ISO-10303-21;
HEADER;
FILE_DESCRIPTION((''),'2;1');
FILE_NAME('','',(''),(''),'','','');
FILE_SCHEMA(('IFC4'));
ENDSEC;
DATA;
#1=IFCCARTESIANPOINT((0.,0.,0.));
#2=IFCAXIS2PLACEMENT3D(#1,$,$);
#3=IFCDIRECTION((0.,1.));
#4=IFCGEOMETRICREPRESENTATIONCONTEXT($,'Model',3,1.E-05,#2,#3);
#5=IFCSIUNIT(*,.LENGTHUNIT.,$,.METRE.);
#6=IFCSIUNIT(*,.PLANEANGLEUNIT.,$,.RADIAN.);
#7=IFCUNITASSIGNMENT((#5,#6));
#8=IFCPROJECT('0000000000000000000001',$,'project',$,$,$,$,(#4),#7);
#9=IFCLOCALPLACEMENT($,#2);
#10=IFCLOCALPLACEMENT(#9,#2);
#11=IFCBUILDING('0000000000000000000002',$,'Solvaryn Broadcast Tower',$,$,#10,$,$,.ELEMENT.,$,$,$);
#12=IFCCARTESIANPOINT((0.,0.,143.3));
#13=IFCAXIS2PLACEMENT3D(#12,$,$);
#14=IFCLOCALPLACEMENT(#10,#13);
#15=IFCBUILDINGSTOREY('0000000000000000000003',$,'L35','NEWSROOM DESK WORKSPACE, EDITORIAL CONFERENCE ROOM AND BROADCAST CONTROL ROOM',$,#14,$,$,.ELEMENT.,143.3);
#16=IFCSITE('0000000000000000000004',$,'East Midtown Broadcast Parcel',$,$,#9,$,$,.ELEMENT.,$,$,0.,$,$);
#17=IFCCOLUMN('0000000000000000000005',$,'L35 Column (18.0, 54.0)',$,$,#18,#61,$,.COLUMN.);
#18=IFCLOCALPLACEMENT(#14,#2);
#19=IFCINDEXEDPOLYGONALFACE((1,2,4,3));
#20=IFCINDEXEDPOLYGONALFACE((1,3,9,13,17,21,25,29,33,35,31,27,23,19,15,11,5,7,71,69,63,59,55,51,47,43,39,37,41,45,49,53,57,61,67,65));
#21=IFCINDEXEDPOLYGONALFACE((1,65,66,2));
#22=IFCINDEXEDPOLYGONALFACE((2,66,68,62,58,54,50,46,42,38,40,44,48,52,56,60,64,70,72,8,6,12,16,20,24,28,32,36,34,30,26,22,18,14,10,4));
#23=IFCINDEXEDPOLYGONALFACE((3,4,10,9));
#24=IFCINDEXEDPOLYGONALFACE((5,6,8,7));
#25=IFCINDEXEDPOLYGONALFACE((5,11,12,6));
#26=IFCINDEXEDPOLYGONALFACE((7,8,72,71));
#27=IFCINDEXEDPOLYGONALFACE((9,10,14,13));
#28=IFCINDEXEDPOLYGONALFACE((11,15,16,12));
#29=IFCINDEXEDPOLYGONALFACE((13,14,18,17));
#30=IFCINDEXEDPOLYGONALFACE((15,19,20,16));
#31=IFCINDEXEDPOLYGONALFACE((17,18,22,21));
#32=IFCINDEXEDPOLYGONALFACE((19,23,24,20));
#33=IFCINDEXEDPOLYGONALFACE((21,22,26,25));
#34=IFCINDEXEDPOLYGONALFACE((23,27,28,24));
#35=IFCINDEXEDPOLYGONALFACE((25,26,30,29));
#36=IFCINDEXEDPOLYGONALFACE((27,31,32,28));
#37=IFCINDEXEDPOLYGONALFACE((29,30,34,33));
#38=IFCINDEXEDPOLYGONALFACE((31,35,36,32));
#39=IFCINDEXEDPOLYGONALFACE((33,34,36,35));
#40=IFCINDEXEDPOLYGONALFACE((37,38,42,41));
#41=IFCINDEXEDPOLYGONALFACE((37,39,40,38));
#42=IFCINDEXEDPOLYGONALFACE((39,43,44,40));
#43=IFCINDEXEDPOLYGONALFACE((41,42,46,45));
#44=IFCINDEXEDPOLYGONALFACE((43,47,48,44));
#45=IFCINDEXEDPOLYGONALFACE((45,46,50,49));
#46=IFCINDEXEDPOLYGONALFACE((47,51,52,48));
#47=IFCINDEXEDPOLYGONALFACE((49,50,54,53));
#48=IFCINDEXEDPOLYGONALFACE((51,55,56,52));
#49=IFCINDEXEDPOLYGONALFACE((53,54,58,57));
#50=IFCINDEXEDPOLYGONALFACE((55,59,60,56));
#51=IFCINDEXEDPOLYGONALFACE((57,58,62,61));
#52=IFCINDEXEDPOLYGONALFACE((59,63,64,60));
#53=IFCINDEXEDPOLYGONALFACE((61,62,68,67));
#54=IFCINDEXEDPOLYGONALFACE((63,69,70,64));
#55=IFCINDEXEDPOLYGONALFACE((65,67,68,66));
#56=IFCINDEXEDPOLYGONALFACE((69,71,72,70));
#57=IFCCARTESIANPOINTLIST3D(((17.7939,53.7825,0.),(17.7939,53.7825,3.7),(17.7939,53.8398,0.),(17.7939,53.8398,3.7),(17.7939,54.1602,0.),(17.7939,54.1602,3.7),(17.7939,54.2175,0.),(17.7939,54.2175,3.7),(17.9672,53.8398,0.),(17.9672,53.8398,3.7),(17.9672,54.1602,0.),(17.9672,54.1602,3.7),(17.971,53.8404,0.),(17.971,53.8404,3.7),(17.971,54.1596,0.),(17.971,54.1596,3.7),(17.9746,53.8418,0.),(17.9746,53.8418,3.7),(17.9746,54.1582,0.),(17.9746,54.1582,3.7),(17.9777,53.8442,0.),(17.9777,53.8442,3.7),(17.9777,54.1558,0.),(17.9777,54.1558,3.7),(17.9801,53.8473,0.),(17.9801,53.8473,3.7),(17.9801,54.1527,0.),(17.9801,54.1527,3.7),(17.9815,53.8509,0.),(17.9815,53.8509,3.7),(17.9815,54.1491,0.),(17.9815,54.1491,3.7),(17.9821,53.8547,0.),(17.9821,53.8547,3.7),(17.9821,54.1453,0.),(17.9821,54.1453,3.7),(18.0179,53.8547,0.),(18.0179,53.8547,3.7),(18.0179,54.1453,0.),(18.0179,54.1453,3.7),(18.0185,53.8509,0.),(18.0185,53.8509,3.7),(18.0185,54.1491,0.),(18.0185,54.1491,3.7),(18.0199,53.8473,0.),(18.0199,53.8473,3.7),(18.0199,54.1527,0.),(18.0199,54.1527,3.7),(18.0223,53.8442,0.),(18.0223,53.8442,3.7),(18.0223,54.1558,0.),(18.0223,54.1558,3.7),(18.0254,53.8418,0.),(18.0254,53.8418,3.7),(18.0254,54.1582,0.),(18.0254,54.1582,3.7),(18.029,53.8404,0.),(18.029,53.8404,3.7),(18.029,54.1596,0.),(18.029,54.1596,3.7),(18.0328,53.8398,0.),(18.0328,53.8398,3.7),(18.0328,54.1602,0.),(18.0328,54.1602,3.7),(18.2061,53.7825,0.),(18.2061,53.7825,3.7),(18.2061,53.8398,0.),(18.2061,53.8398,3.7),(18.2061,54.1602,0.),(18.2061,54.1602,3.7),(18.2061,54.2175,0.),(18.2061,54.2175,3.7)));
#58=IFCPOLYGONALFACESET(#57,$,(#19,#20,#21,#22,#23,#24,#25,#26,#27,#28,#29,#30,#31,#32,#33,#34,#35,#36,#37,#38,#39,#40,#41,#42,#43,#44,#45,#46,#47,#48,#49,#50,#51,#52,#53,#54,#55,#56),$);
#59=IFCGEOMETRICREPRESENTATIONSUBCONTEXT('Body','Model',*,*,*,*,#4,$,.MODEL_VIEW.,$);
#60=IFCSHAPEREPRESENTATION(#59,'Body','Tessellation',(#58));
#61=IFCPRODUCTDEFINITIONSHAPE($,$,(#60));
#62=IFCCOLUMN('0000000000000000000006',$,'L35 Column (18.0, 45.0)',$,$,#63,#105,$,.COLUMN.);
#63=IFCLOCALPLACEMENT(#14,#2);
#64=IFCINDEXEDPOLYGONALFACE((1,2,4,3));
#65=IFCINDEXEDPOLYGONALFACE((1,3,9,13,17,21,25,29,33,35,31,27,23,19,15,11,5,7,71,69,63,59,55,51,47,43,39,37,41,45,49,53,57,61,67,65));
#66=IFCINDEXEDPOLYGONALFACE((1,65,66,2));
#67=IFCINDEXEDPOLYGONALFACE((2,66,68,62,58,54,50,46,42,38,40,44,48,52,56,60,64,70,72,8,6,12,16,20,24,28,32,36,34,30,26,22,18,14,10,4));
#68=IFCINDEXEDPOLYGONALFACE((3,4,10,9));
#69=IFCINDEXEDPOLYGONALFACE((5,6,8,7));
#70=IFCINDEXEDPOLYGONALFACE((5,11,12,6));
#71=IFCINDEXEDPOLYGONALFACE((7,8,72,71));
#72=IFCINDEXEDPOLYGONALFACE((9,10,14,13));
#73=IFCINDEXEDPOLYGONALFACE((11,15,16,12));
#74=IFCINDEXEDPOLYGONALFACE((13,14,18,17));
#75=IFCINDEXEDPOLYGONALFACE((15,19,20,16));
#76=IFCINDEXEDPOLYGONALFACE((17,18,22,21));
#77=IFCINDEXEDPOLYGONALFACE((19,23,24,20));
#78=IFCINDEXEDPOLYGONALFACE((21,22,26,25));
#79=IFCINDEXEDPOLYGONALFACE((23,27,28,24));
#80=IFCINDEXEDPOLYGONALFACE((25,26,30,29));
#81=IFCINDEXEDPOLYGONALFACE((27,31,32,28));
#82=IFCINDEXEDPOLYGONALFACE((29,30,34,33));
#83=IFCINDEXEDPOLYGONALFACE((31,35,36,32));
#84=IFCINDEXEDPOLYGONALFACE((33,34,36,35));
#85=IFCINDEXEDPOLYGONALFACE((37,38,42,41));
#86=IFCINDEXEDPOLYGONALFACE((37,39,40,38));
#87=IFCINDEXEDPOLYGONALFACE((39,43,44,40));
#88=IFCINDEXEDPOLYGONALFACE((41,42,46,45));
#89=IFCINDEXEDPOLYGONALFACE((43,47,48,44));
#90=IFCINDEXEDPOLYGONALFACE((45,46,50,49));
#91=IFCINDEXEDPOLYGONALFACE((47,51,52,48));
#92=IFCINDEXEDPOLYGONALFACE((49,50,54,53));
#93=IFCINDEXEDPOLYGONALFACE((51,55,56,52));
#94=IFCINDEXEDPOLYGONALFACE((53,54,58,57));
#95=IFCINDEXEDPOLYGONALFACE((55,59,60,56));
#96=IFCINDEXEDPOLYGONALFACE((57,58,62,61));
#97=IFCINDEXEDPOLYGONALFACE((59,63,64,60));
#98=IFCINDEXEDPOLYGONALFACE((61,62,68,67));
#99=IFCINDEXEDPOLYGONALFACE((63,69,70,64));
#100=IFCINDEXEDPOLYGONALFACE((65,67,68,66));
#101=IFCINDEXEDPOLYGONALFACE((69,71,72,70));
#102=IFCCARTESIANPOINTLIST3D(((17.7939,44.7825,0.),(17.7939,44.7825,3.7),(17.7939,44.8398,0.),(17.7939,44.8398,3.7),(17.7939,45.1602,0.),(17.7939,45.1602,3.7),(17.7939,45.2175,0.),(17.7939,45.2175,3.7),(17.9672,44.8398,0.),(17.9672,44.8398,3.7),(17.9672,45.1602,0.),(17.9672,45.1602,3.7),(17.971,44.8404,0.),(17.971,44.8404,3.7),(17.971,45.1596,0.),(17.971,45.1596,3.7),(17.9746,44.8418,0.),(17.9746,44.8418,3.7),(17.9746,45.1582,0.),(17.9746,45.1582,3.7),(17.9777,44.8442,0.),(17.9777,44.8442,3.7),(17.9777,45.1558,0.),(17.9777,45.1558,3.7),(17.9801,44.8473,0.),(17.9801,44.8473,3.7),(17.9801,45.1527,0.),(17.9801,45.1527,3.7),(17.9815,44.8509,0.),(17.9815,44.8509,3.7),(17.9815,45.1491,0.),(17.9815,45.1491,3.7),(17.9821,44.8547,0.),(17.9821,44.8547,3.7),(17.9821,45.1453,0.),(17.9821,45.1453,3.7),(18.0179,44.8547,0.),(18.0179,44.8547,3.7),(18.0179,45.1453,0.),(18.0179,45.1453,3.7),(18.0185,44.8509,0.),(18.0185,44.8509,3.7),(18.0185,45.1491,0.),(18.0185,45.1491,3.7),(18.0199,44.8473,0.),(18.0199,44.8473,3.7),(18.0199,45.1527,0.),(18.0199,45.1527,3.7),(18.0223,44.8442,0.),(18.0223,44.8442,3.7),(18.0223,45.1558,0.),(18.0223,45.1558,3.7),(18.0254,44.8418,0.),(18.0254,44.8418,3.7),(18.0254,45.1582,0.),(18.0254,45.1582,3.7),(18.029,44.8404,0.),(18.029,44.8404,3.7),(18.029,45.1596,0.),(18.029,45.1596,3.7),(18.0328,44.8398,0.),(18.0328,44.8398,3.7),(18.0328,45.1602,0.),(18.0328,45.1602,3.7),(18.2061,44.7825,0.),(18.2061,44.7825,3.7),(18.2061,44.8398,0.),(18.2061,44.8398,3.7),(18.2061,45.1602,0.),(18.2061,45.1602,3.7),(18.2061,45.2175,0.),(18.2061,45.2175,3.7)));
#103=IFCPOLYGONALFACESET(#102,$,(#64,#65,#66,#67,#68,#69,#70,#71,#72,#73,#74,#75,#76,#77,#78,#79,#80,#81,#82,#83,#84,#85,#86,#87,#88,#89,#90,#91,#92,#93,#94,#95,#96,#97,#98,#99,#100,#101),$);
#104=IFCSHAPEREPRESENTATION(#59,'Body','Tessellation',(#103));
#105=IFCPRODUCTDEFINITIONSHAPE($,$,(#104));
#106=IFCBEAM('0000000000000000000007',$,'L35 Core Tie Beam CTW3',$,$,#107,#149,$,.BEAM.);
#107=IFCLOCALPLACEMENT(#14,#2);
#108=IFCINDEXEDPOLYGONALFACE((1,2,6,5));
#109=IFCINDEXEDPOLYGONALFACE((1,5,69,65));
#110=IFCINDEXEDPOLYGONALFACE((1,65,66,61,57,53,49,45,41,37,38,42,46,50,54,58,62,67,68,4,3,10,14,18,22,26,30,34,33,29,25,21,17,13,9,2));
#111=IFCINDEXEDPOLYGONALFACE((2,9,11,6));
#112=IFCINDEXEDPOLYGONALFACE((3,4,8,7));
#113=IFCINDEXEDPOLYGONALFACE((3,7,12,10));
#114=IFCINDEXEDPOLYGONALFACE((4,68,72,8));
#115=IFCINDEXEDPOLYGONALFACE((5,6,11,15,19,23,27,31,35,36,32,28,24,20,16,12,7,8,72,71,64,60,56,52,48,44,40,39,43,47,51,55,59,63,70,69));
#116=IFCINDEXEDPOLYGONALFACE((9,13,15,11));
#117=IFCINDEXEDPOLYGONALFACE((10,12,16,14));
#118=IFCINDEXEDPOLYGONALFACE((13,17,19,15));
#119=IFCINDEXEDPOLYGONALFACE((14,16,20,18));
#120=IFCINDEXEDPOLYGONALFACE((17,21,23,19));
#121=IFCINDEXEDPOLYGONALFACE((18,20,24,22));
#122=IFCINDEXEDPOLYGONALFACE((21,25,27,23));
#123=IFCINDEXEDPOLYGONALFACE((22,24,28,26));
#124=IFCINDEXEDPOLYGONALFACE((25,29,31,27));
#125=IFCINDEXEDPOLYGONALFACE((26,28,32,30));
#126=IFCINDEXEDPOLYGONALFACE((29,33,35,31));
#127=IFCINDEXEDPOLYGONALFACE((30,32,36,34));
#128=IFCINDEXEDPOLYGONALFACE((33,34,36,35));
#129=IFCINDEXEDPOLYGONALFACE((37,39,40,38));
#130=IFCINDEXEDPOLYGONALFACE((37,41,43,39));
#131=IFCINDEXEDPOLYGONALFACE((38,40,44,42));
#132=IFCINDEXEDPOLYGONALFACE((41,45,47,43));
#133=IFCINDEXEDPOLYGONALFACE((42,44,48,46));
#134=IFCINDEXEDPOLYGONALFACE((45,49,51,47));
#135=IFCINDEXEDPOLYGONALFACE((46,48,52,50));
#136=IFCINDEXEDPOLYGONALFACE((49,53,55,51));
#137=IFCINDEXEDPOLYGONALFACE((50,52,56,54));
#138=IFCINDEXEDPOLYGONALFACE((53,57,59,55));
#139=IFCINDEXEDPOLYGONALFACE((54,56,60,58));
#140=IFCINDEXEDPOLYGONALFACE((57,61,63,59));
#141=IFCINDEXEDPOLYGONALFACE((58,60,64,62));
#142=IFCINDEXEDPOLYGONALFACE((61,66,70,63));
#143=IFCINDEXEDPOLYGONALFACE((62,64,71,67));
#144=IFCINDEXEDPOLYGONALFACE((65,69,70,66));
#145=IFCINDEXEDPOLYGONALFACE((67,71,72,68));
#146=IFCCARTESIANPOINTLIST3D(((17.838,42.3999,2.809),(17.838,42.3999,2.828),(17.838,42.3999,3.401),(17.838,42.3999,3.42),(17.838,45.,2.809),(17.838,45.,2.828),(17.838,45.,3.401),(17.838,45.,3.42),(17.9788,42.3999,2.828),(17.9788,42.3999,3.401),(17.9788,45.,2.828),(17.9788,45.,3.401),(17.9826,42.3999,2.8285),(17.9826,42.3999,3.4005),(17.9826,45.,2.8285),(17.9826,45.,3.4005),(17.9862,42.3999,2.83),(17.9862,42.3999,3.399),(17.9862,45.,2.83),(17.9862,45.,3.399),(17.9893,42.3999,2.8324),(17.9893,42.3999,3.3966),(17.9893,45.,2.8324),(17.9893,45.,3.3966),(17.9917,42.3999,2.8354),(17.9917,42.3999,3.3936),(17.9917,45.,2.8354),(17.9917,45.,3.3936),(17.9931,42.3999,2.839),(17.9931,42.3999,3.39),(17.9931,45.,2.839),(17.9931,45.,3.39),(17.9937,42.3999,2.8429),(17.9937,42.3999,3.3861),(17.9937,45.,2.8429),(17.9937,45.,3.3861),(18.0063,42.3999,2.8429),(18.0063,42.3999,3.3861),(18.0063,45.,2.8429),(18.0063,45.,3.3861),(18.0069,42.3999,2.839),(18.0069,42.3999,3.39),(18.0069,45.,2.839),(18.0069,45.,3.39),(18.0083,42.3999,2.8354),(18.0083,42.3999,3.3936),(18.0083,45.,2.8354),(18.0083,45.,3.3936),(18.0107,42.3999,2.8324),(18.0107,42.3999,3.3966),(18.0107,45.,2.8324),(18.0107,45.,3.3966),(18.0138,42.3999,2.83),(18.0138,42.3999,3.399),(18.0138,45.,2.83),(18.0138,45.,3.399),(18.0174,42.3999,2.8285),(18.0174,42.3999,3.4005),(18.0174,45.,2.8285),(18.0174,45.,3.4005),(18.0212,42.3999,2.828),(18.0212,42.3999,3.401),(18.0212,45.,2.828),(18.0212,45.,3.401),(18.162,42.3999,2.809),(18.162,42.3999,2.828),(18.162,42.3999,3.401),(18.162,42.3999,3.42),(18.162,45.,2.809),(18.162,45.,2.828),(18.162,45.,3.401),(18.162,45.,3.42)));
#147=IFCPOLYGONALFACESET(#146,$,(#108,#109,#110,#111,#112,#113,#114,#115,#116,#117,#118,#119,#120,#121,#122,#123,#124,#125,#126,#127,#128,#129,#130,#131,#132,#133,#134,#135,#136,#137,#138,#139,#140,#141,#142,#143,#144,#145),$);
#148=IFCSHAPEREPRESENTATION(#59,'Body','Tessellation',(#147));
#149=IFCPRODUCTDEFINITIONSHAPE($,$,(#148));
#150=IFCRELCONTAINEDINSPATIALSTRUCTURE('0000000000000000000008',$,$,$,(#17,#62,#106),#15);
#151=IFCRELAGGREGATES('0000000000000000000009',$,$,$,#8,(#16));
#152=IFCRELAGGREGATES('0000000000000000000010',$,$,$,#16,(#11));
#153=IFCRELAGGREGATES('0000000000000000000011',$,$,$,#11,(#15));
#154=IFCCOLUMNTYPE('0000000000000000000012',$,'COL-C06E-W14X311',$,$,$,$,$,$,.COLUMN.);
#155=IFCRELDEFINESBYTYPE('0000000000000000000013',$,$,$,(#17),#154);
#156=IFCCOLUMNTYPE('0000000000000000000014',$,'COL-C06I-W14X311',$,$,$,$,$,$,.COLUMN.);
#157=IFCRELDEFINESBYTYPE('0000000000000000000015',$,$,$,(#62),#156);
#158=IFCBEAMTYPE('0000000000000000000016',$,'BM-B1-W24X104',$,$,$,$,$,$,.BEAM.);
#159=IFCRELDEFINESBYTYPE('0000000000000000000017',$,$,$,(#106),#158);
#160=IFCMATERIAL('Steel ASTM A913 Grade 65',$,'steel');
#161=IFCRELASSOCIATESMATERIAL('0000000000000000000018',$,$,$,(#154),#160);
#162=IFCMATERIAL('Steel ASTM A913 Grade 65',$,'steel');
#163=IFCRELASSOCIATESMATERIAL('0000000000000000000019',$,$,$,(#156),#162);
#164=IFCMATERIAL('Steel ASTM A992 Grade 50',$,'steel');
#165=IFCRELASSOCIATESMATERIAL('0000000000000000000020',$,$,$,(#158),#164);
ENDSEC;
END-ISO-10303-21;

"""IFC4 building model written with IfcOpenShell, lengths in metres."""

from ifc_helpers import new_model, si_unit, direction, frame, origin, origin_2d, place, context, subcontext, project, spatial, i_section, extrude, material, material_profile, profile_set, type_object, element, save


model = new_model("IFC4")

# Units and contexts
model_context = context("Model", 3, precision=1e-05, world=origin(), true_north=direction((0.0, 1.0)))
body_context = subcontext(model_context, "Body", "Model", "MODEL_VIEW")
ifc_project = project(units=[si_unit("LENGTHUNIT", "METRE"), si_unit("PLANEANGLEUNIT", "RADIAN")], contexts=[model_context])

# Site, building, storey
site_placement = place(None, origin())
site = spatial("IfcSite", under=ifc_project, at=site_placement, Name="East Midtown Broadcast Parcel", CompositionType="ELEMENT", RefElevation=0.0)
building_placement = place(site_placement, origin())
building = spatial("IfcBuilding", under=site, at=building_placement, Name="Solvaryn Broadcast Tower", CompositionType="ELEMENT")
storey_placement = place(building_placement, frame((0.0, 0.0, 143.3)))
storey = spatial("IfcBuildingStorey", under=building, at=storey_placement, Name="L35", Description="NEWSROOM DESK WORKSPACE, EDITORIAL CONFERENCE ROOM AND BROADCAST CONTROL ROOM", CompositionType="ELEMENT", Elevation=143.3)

# Columns
ifc_material_1 = material(Name="Steel ASTM A913 Grade 65", Category="steel")
ifc_material_profile_1 = material_profile(ifc_material_1, i_section(OverallWidth=0.4121, OverallDepth=0.4351, WebThickness=0.0359, FlangeThickness=0.0574, FilletRadius=0.0149, at=origin_2d()))
ifc_profile_set_1 = profile_set([ifc_material_profile_1], Name="Steel ASTM A913 Grade 65")
column_type_1 = type_object("IfcColumnType", Name="COL-C06E-W14X311", PredefinedType="COLUMN", material=ifc_profile_set_1)
column_1_placement = place(storey_placement, frame((18.0, 54.0, 0.0), z_axis=(0.0, 0.0, 1.0), x_axis=(1.0, 0.0, 0.0)))
element("IfcColumn", 1, at=column_1_placement, inside=storey, type_object=column_type_1, Name="L35 Column (18.0, 54.0)", PredefinedType="COLUMN", context=body_context, shape_type="SweptSolid", body=[
    extrude(i_section(OverallWidth=0.4121, OverallDepth=0.4351, WebThickness=0.0359, FlangeThickness=0.0574, FilletRadius=0.0149, at=origin_2d()), origin(), (0.0, 0.0, 1.0), 3.7),
])
ifc_material_2 = material(Name="Steel ASTM A913 Grade 65", Category="steel")
ifc_material_profile_2 = material_profile(ifc_material_2, i_section(OverallWidth=0.4121, OverallDepth=0.4351, WebThickness=0.0359, FlangeThickness=0.0574, FilletRadius=0.0149, at=origin_2d()))
ifc_profile_set_2 = profile_set([ifc_material_profile_2], Name="Steel ASTM A913 Grade 65")
column_type_2 = type_object("IfcColumnType", Name="COL-C06I-W14X311", PredefinedType="COLUMN", material=ifc_profile_set_2)
column_2_placement = place(storey_placement, frame((18.0, 45.0, 0.0), z_axis=(0.0, 0.0, 1.0), x_axis=(1.0, 0.0, 0.0)))
element("IfcColumn", 2, at=column_2_placement, inside=storey, type_object=column_type_2, Name="L35 Column (18.0, 45.0)", PredefinedType="COLUMN", context=body_context, shape_type="SweptSolid", body=[
    extrude(i_section(OverallWidth=0.4121, OverallDepth=0.4351, WebThickness=0.0359, FlangeThickness=0.0574, FilletRadius=0.0149, at=origin_2d()), origin(), (0.0, 0.0, 1.0), 3.7),
])

# Beam
ifc_material_3 = material(Name="Steel ASTM A992 Grade 50", Category="steel")
ifc_material_profile_3 = material_profile(ifc_material_3, i_section(OverallWidth=0.324, OverallDepth=0.6111, WebThickness=0.0127, FlangeThickness=0.019, FilletRadius=0.0149, at=origin_2d()))
ifc_profile_set_3 = profile_set([ifc_material_profile_3], Name="Steel ASTM A992 Grade 50")
beam_type_1 = type_object("IfcBeamType", Name="BM-B1-W24X104", PredefinedType="BEAM", material=ifc_profile_set_3)
beam_1_placement = place(storey_placement, frame((18.0, 42.3999, 3.1145), z_axis=(0.0, 1.0, 0.0), x_axis=(-1.0, 0.0, 0.0)))
element("IfcBeam", 3, at=beam_1_placement, inside=storey, type_object=beam_type_1, Name="L35 Core Tie Beam CTW3", PredefinedType="BEAM", context=body_context, shape_type="SweptSolid", body=[
    extrude(i_section(OverallWidth=0.324, OverallDepth=0.6111, WebThickness=0.0127, FlangeThickness=0.019, FilletRadius=0.0149, at=origin_2d()), origin(), (0.0, 0.0, 1.0), 2.6001),
])

save(model, "model.ifc")
